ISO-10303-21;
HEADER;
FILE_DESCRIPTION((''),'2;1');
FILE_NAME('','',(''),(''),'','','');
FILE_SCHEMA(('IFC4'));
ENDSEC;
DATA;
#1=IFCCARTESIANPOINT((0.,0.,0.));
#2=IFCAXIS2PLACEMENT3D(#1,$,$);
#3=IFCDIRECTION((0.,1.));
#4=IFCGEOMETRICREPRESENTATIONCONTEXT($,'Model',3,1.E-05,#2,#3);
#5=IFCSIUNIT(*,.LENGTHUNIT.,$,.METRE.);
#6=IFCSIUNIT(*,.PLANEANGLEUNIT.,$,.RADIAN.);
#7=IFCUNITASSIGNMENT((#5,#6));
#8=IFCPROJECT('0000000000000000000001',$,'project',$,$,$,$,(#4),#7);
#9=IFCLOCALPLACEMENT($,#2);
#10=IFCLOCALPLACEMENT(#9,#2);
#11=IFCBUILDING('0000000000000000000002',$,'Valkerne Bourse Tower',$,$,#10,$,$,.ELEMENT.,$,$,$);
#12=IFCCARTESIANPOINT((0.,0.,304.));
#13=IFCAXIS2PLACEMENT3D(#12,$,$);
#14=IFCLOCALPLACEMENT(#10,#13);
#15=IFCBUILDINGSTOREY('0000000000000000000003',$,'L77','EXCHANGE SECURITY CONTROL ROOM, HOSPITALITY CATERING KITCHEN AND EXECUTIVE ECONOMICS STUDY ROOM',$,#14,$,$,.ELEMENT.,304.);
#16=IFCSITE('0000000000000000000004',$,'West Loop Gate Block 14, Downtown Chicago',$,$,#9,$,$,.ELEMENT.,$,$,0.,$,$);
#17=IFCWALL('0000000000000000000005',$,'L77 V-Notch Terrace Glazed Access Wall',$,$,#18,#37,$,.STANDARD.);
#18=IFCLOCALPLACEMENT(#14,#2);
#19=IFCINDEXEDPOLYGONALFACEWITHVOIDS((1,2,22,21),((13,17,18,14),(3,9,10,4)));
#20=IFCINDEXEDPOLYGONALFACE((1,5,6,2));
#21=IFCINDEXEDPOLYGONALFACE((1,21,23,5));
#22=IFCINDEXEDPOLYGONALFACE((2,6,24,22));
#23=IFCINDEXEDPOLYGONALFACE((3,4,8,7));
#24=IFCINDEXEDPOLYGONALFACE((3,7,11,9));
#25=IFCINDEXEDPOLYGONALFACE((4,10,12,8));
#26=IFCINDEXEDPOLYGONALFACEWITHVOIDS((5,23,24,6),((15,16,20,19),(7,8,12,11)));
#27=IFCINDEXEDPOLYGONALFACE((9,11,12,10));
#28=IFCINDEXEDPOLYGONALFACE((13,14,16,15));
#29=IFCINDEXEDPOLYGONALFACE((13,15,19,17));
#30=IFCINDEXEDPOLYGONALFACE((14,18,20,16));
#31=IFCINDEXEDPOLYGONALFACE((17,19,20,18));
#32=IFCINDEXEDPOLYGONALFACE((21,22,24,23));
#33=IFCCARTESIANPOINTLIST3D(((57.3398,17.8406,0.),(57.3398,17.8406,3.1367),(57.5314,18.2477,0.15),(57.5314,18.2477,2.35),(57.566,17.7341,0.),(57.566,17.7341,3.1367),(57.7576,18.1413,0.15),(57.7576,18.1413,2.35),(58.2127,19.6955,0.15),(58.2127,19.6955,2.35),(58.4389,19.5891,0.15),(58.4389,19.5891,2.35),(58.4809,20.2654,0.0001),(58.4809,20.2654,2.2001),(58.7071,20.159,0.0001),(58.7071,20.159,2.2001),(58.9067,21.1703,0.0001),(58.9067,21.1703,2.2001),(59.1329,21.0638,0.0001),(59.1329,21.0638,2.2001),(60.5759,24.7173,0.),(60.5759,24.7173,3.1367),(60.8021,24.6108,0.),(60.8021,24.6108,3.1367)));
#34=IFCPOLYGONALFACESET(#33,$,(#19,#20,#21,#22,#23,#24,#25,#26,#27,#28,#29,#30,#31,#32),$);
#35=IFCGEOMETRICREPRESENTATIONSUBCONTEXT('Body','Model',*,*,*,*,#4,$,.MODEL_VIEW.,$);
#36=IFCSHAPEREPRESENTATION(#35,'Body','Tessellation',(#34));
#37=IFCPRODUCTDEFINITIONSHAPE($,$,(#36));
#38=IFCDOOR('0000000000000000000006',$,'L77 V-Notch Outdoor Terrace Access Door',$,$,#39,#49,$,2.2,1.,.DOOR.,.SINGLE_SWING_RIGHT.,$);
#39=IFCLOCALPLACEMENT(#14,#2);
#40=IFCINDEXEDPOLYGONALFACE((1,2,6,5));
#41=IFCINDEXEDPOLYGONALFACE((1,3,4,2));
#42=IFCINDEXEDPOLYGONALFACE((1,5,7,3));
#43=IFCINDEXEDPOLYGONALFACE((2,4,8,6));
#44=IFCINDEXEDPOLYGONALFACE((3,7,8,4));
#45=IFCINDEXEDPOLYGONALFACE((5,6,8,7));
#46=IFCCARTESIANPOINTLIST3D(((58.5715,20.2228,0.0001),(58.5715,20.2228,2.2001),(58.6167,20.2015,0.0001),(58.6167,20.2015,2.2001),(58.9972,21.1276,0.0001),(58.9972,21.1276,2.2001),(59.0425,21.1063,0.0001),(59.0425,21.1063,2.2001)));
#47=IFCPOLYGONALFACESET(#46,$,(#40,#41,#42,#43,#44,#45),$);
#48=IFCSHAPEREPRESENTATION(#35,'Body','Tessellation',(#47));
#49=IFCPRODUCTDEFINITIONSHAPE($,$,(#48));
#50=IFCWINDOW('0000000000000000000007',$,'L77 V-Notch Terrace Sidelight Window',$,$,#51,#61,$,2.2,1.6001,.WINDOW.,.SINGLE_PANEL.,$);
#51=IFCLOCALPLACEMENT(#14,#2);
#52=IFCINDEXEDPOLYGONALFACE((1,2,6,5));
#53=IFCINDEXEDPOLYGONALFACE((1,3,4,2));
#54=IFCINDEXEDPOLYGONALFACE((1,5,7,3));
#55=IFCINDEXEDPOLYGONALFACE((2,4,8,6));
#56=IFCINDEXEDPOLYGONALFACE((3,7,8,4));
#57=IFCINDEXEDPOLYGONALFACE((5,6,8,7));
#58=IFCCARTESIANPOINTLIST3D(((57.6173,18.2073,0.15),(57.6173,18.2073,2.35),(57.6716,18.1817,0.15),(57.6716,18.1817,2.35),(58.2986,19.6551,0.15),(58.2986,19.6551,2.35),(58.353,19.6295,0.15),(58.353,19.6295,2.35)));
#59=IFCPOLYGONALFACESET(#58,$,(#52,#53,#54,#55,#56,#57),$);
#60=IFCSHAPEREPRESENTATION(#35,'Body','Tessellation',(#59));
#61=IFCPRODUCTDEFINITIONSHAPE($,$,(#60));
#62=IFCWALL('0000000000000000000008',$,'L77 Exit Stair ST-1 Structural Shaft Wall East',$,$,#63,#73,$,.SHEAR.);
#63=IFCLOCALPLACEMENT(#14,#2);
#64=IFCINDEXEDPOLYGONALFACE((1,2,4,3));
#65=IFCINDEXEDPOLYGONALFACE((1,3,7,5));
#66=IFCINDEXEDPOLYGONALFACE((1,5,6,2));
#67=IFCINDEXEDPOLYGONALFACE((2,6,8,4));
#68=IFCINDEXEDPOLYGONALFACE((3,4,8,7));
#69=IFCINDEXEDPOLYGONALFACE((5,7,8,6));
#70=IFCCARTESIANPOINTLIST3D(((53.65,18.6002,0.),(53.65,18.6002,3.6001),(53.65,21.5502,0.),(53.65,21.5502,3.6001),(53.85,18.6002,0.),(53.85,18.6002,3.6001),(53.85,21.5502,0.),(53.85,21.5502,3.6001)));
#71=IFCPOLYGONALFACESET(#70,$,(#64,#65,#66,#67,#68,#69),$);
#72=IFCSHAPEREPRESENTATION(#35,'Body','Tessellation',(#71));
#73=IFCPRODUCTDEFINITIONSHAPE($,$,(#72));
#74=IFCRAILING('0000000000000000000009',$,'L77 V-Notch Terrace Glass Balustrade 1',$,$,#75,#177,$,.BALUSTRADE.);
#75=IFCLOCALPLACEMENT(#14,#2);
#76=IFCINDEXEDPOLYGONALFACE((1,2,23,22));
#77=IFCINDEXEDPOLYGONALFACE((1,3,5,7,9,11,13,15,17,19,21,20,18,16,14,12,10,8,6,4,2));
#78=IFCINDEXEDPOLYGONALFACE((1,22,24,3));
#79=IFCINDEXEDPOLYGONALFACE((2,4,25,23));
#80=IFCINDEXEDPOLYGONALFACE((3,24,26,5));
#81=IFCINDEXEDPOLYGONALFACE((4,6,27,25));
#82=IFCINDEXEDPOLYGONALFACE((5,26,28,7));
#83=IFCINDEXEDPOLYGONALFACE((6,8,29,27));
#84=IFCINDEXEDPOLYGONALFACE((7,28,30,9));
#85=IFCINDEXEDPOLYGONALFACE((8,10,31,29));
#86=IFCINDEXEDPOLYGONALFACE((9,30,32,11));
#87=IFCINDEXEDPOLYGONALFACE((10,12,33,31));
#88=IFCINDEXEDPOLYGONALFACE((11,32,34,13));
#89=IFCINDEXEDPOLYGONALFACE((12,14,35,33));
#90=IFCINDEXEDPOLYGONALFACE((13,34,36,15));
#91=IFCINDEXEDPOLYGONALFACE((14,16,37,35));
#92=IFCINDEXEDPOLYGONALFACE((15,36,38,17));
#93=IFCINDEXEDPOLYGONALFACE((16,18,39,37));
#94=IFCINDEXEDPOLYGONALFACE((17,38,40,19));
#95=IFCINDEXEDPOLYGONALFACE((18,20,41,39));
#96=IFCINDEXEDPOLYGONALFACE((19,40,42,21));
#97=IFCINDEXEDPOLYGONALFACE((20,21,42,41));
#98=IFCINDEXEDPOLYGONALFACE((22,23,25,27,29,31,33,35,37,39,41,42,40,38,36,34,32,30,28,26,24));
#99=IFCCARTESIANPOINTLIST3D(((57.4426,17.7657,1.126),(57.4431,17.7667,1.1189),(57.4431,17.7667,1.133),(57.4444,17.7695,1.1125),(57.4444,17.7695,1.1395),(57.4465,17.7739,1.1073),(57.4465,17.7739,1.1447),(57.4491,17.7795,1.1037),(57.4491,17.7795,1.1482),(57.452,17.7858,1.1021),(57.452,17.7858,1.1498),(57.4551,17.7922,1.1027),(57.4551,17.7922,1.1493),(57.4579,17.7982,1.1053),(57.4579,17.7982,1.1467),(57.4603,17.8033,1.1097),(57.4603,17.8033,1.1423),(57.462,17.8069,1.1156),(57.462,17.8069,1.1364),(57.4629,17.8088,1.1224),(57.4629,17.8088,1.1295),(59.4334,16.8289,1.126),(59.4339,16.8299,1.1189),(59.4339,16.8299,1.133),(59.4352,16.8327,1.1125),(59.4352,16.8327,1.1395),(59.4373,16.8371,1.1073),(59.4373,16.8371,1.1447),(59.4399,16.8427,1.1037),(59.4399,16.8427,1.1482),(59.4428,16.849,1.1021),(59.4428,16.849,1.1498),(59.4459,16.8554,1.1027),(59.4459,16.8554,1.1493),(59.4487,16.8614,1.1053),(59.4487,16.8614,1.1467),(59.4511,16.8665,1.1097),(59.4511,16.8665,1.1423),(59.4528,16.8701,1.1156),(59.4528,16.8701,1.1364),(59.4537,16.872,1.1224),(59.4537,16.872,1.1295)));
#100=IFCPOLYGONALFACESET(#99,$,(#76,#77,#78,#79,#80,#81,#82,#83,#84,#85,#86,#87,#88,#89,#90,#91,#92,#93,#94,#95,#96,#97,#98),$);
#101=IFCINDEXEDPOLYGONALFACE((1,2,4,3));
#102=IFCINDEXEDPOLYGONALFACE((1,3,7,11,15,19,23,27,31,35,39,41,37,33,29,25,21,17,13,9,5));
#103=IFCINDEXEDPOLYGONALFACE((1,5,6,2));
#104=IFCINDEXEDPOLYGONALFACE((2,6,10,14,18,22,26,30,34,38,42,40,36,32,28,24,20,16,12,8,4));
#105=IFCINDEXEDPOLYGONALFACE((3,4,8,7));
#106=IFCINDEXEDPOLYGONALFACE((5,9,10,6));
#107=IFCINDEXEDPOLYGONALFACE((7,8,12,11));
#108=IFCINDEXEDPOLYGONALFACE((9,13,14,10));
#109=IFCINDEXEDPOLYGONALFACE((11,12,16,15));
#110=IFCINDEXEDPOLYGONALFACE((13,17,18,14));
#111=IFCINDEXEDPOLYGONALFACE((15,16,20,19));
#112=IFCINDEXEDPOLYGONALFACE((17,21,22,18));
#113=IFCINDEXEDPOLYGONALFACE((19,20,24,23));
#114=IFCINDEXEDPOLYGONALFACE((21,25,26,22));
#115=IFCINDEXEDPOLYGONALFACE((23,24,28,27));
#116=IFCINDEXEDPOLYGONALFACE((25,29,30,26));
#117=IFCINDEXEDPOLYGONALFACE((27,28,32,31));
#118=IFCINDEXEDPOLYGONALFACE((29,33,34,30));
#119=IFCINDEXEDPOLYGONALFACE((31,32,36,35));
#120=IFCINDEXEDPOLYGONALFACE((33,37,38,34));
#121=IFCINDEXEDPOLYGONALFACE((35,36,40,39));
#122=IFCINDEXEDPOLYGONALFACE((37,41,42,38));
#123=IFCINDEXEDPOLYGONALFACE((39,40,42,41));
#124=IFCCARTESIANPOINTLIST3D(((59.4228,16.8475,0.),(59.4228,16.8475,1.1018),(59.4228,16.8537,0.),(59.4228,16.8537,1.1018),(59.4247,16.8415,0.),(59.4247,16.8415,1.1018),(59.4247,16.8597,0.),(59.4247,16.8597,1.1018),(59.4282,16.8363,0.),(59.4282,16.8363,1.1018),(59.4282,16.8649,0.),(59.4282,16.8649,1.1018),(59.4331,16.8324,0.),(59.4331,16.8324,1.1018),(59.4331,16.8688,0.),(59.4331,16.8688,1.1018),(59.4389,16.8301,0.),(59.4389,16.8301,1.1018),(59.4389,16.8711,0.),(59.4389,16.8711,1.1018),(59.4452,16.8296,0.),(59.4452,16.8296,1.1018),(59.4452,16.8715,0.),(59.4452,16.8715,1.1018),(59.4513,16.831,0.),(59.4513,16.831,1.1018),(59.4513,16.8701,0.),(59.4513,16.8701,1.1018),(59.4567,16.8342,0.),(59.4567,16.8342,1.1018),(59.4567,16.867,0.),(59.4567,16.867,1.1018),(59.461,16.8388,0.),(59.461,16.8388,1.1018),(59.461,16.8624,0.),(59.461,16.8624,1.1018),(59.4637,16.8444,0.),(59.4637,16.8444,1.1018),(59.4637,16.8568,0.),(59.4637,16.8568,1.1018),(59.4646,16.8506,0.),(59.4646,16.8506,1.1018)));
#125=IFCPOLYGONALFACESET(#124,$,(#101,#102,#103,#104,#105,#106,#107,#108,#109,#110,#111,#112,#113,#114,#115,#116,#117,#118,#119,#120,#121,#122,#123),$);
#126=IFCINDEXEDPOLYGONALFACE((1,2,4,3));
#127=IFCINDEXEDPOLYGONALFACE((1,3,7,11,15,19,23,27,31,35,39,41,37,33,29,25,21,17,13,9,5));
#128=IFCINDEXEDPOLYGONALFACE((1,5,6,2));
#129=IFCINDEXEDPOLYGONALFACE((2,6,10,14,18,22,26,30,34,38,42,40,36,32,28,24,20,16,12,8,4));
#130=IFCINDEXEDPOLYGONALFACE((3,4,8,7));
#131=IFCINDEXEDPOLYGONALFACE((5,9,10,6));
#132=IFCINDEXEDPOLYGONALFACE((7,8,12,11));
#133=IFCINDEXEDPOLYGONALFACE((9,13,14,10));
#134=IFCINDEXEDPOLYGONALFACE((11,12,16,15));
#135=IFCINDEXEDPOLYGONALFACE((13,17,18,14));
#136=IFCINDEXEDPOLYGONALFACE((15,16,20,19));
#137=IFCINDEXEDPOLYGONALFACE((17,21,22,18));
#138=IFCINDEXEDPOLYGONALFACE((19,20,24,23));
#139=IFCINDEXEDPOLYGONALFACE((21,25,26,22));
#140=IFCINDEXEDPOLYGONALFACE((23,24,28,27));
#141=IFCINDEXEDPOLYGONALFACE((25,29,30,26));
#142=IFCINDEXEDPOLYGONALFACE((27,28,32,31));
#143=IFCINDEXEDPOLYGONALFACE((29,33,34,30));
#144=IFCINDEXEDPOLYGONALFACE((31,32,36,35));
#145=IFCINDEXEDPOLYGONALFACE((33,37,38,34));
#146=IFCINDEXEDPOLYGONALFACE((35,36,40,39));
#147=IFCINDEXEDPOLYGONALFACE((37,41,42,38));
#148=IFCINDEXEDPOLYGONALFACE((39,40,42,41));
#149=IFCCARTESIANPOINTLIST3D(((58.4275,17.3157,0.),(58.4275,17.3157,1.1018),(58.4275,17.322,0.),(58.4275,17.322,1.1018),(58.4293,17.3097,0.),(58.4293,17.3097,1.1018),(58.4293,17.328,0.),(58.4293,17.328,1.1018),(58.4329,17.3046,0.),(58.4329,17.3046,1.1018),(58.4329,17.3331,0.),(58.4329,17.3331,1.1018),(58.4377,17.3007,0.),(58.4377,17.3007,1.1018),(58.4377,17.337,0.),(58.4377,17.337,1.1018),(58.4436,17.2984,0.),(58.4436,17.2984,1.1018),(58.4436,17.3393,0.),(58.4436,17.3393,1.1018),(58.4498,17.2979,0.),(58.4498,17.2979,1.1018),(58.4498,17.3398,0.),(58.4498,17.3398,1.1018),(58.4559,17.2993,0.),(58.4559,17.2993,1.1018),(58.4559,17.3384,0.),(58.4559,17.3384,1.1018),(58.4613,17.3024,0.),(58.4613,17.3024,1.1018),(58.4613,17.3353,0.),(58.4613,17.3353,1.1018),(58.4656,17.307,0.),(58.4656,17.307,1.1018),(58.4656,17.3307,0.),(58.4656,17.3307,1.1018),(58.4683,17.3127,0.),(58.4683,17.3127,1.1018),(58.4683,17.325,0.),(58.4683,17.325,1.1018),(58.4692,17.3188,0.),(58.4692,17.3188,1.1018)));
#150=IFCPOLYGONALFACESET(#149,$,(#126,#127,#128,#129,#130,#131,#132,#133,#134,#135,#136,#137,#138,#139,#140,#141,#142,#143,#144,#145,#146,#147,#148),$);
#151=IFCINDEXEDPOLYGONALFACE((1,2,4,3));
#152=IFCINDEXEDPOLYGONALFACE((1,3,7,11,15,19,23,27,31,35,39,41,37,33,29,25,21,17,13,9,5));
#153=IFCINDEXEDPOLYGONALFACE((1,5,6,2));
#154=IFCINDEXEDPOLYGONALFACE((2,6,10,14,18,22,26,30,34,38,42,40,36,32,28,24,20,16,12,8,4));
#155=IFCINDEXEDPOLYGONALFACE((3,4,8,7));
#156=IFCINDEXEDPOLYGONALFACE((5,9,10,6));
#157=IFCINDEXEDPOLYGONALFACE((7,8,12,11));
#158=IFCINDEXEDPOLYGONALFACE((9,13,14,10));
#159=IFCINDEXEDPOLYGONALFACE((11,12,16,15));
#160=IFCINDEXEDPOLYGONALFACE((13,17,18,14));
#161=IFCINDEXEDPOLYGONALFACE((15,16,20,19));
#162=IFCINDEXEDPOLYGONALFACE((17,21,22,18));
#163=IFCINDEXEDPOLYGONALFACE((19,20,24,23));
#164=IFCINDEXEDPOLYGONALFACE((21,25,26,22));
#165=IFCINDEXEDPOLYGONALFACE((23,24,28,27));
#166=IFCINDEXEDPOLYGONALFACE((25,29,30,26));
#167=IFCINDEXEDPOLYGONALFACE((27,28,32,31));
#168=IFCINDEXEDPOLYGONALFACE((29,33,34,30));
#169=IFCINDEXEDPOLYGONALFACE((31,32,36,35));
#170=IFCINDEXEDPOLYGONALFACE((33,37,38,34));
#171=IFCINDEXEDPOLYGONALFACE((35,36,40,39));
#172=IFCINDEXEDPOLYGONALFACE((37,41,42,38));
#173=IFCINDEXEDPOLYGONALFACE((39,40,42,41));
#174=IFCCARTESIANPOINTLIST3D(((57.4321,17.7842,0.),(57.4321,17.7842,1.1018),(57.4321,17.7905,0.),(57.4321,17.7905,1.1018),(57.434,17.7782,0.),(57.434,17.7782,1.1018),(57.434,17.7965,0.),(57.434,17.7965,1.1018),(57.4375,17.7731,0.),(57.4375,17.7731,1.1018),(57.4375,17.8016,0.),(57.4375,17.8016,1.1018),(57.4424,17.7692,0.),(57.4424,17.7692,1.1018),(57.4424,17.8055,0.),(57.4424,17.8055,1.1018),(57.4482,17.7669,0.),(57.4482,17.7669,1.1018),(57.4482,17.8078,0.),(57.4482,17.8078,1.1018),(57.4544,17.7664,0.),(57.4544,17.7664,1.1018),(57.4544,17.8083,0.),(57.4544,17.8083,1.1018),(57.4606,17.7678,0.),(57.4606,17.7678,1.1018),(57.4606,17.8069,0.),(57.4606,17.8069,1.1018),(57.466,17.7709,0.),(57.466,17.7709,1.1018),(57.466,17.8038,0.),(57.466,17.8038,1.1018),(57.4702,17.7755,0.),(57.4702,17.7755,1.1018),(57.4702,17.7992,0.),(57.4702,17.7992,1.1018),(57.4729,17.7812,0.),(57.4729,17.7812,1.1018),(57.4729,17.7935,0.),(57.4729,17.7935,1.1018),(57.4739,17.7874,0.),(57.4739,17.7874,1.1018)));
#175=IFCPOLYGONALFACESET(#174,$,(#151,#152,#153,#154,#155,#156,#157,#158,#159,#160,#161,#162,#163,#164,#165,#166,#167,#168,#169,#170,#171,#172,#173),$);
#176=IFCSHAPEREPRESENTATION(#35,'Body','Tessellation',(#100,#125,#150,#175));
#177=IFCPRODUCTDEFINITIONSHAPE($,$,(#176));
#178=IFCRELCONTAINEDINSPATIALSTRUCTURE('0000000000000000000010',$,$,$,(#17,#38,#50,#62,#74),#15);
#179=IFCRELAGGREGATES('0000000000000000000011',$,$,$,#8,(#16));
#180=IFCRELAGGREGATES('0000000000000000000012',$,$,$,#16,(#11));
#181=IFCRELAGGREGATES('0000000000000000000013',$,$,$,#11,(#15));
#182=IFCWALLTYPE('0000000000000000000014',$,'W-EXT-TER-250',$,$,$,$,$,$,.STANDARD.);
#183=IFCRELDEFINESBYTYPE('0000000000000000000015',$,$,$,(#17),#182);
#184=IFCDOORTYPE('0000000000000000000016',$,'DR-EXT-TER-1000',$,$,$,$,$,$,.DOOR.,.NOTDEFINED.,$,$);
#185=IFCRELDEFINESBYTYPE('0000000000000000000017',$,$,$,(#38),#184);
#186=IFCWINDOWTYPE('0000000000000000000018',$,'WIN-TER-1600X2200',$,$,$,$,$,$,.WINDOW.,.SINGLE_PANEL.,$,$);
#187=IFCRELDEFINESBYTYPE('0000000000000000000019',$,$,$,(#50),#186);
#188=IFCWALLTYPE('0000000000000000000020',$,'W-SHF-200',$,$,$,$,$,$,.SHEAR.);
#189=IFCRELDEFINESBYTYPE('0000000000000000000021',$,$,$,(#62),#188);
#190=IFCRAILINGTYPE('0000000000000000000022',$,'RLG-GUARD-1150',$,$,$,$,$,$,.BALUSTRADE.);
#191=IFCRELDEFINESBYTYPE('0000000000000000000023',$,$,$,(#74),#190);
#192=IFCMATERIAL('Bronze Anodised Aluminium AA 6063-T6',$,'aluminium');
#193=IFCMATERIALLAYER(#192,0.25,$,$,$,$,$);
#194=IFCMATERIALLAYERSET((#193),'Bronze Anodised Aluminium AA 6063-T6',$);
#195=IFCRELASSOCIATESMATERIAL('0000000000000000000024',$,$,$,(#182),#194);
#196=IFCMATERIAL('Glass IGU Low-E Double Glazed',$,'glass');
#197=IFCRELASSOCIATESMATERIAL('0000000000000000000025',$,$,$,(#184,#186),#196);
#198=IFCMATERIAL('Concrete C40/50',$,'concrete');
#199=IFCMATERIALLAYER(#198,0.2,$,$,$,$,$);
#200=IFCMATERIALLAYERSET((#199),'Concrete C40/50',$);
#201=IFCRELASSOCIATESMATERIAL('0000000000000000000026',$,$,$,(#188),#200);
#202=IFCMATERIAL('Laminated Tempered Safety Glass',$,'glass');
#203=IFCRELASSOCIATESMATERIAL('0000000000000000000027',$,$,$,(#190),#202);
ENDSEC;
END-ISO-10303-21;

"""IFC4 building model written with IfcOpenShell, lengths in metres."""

from ifc_helpers import new_model, si_unit, direction, frame, frame_2d, origin, origin_2d, place, context, subcontext, project, spatial, rectangle, circle, extrude, material, layer, layer_set, type_object, element, fill, save


model = new_model("IFC4")

# Units and contexts
model_context = context("Model", 3, precision=1e-05, world=origin(), true_north=direction((0.0, 1.0)))
body_context = subcontext(model_context, "Body", "Model", "MODEL_VIEW")
ifc_project = project(units=[si_unit("LENGTHUNIT", "METRE"), si_unit("PLANEANGLEUNIT", "RADIAN")], contexts=[model_context])

# Site, building, storey
site_placement = place(None, origin())
site = spatial("IfcSite", under=ifc_project, at=site_placement, Name="West Loop Gate Block 14, Downtown Chicago", CompositionType="ELEMENT", RefElevation=0.0)
building_placement = place(site_placement, origin())
building = spatial("IfcBuilding", under=site, at=building_placement, Name="Valkerne Bourse Tower", CompositionType="ELEMENT")
storey_placement = place(building_placement, frame((0.0, 0.0, 304.0)))
storey = spatial("IfcBuildingStorey", under=building, at=storey_placement, Name="L77", Description="EXCHANGE SECURITY CONTROL ROOM, HOSPITALITY CATERING KITCHEN AND EXECUTIVE ECONOMICS STUDY ROOM", CompositionType="ELEMENT", Elevation=304.0)

# Shared definitions
ifc_material_1 = material(Name="Glass IGU Low-E Double Glazed", Category="glass")

# Wall, openings, door, window
ifc_material_2 = material(Name="Bronze Anodised Aluminium AA 6063-T6", Category="aluminium")
ifc_layer_1 = layer(ifc_material_2, 0.25)
ifc_layer_set_1 = layer_set([ifc_layer_1], Name="Bronze Anodised Aluminium AA 6063-T6")
wall_type_1 = type_object("IfcWallType", Name="W-EXT-TER-250", PredefinedType="STANDARD", material=ifc_layer_set_1)
wall_1_placement = place(storey_placement, frame((57.4529, 17.7874, 0.0), z_axis=(0.0, 0.0, 1.0), x_axis=(0.425795, 0.904819, 0.0)))
wall_1 = element("IfcWall", 1, at=wall_1_placement, inside=storey, type_object=wall_type_1, Name="L77 V-Notch Terrace Glazed Access Wall", PredefinedType="STANDARD", context=body_context, shape_type="SweptSolid", body=[
    extrude(rectangle(XDim=7.6001, YDim=0.25, at=frame_2d((3.8, 0.0))), origin(), (0.0, 0.0, 1.0), 3.1367),
])
opening_1_placement = place(wall_1_placement, frame((2.6799, 0.0, 0.0)))
opening_1 = element("IfcOpeningElement", 2, at=opening_1_placement, cuts=wall_1, PredefinedType="OPENING", context=body_context, shape_type="SweptSolid", body=[
    extrude(rectangle(XDim=1.0, YDim=2.2, at=frame_2d((0.5, 1.1001))), frame((0.0, 0.135, 0.0), z_axis=(0.0, -1.0, 0.0), x_axis=(1.0, 0.0, 0.0)), (0.0, 0.0, 1.0), 0.27),
])
opening_2_placement = place(wall_1_placement, frame((0.45, 0.0, 0.1499)))
opening_2 = element("IfcOpeningElement", 3, at=opening_2_placement, cuts=wall_1, PredefinedType="OPENING", context=body_context, shape_type="SweptSolid", body=[
    extrude(rectangle(XDim=1.6001, YDim=2.2, at=frame_2d((0.8, 1.1001))), frame((0.0, 0.135, 0.0), z_axis=(0.0, -1.0, 0.0), x_axis=(1.0, 0.0, 0.0)), (0.0, 0.0, 1.0), 0.27),
])
door_type = type_object("IfcDoorType", Name="DR-EXT-TER-1000", OperationType="NOTDEFINED", PredefinedType="DOOR", material=ifc_material_1)
door_placement = place(opening_1_placement, origin())
door = element("IfcDoor", 4, at=door_placement, inside=storey, type_object=door_type, Name="L77 V-Notch Outdoor Terrace Access Door", OperationType="SINGLE_SWING_RIGHT", OverallHeight=2.2, OverallWidth=1.0, PredefinedType="DOOR", context=body_context, shape_type="SweptSolid", body=[
    extrude(rectangle(XDim=1.0, YDim=2.2, at=frame_2d((0.5, 1.1001))), frame((0.0, 0.0249, 0.0), z_axis=(0.0, -1.0, 0.0), x_axis=(1.0, 0.0, 0.0)), (0.0, 0.0, 1.0), 0.05),
])
fill(opening_1, door)
window_type = type_object("IfcWindowType", Name="WIN-TER-1600X2200", PartitioningType="SINGLE_PANEL", PredefinedType="WINDOW", material=ifc_material_1)
window_placement = place(opening_2_placement, origin())
window = element("IfcWindow", 5, at=window_placement, inside=storey, type_object=window_type, Name="L77 V-Notch Terrace Sidelight Window", OverallHeight=2.2, OverallWidth=1.6001, PartitioningType="SINGLE_PANEL", PredefinedType="WINDOW", context=body_context, shape_type="SweptSolid", body=[
    extrude(rectangle(XDim=1.6001, YDim=2.2, at=frame_2d((0.8, 1.1001))), frame((0.0, 0.03, 0.0), z_axis=(0.0, -1.0, 0.0), x_axis=(1.0, 0.0, 0.0)), (0.0, 0.0, 1.0), 0.0601),
])
fill(opening_2, window)

# Wall
ifc_material_3 = material(Name="Concrete C40/50", Category="concrete")
ifc_layer_2 = layer(ifc_material_3, 0.2)
ifc_layer_set_2 = layer_set([ifc_layer_2], Name="Concrete C40/50")
wall_type_2 = type_object("IfcWallType", Name="W-SHF-200", PredefinedType="SHEAR", material=ifc_layer_set_2)
wall_2_placement = place(storey_placement, frame((53.75, 18.6001, 0.0), z_axis=(0.0, 0.0, 1.0), x_axis=(0.0, 1.0, 0.0)))
element("IfcWall", 6, at=wall_2_placement, inside=storey, type_object=wall_type_2, Name="L77 Exit Stair ST-1 Structural Shaft Wall East", PredefinedType="SHEAR", context=body_context, shape_type="SweptSolid", body=[
    extrude(rectangle(XDim=2.95, YDim=0.2, at=frame_2d((1.4751, 0.0))), origin(), (0.0, 0.0, 1.0), 3.6001),
])

# Railing
ifc_material_4 = material(Name="Laminated Tempered Safety Glass", Category="glass")
railing_type_1 = type_object("IfcRailingType", Name="RLG-GUARD-1150", PredefinedType="BALUSTRADE", material=ifc_material_4)
railing_1_placement = place(storey_placement, frame((59.4436, 16.8506, 0.0)))
element("IfcRailing", 7, at=railing_1_placement, inside=storey, type_object=railing_type_1, Name="L77 V-Notch Terrace Glass Balustrade 1", PredefinedType="BALUSTRADE", context=body_context, shape_type="SweptSolid", body=[
    extrude(circle(Radius=0.0239, at=origin_2d()), frame((0.0, 0.0, 1.126), z_axis=(-0.904826, 0.425781, 0.0), x_axis=(-0.425781, -0.904826, 0.0)), (0.0, 0.0, 1.0), 2.2002),
    extrude(circle(Radius=0.021, at=origin_2d()), origin(), (0.0, 0.0, 1.0), 1.1018),
    extrude(circle(Radius=0.021, at=origin_2d()), frame((-0.9954, 0.4683, 0.0)), (0.0, 0.0, 1.0), 1.1018),
    extrude(circle(Radius=0.021, at=origin_2d()), frame((-1.9907, 0.9368, 0.0)), (0.0, 0.0, 1.0), 1.1018),
])

save(model, "model.ifc")
